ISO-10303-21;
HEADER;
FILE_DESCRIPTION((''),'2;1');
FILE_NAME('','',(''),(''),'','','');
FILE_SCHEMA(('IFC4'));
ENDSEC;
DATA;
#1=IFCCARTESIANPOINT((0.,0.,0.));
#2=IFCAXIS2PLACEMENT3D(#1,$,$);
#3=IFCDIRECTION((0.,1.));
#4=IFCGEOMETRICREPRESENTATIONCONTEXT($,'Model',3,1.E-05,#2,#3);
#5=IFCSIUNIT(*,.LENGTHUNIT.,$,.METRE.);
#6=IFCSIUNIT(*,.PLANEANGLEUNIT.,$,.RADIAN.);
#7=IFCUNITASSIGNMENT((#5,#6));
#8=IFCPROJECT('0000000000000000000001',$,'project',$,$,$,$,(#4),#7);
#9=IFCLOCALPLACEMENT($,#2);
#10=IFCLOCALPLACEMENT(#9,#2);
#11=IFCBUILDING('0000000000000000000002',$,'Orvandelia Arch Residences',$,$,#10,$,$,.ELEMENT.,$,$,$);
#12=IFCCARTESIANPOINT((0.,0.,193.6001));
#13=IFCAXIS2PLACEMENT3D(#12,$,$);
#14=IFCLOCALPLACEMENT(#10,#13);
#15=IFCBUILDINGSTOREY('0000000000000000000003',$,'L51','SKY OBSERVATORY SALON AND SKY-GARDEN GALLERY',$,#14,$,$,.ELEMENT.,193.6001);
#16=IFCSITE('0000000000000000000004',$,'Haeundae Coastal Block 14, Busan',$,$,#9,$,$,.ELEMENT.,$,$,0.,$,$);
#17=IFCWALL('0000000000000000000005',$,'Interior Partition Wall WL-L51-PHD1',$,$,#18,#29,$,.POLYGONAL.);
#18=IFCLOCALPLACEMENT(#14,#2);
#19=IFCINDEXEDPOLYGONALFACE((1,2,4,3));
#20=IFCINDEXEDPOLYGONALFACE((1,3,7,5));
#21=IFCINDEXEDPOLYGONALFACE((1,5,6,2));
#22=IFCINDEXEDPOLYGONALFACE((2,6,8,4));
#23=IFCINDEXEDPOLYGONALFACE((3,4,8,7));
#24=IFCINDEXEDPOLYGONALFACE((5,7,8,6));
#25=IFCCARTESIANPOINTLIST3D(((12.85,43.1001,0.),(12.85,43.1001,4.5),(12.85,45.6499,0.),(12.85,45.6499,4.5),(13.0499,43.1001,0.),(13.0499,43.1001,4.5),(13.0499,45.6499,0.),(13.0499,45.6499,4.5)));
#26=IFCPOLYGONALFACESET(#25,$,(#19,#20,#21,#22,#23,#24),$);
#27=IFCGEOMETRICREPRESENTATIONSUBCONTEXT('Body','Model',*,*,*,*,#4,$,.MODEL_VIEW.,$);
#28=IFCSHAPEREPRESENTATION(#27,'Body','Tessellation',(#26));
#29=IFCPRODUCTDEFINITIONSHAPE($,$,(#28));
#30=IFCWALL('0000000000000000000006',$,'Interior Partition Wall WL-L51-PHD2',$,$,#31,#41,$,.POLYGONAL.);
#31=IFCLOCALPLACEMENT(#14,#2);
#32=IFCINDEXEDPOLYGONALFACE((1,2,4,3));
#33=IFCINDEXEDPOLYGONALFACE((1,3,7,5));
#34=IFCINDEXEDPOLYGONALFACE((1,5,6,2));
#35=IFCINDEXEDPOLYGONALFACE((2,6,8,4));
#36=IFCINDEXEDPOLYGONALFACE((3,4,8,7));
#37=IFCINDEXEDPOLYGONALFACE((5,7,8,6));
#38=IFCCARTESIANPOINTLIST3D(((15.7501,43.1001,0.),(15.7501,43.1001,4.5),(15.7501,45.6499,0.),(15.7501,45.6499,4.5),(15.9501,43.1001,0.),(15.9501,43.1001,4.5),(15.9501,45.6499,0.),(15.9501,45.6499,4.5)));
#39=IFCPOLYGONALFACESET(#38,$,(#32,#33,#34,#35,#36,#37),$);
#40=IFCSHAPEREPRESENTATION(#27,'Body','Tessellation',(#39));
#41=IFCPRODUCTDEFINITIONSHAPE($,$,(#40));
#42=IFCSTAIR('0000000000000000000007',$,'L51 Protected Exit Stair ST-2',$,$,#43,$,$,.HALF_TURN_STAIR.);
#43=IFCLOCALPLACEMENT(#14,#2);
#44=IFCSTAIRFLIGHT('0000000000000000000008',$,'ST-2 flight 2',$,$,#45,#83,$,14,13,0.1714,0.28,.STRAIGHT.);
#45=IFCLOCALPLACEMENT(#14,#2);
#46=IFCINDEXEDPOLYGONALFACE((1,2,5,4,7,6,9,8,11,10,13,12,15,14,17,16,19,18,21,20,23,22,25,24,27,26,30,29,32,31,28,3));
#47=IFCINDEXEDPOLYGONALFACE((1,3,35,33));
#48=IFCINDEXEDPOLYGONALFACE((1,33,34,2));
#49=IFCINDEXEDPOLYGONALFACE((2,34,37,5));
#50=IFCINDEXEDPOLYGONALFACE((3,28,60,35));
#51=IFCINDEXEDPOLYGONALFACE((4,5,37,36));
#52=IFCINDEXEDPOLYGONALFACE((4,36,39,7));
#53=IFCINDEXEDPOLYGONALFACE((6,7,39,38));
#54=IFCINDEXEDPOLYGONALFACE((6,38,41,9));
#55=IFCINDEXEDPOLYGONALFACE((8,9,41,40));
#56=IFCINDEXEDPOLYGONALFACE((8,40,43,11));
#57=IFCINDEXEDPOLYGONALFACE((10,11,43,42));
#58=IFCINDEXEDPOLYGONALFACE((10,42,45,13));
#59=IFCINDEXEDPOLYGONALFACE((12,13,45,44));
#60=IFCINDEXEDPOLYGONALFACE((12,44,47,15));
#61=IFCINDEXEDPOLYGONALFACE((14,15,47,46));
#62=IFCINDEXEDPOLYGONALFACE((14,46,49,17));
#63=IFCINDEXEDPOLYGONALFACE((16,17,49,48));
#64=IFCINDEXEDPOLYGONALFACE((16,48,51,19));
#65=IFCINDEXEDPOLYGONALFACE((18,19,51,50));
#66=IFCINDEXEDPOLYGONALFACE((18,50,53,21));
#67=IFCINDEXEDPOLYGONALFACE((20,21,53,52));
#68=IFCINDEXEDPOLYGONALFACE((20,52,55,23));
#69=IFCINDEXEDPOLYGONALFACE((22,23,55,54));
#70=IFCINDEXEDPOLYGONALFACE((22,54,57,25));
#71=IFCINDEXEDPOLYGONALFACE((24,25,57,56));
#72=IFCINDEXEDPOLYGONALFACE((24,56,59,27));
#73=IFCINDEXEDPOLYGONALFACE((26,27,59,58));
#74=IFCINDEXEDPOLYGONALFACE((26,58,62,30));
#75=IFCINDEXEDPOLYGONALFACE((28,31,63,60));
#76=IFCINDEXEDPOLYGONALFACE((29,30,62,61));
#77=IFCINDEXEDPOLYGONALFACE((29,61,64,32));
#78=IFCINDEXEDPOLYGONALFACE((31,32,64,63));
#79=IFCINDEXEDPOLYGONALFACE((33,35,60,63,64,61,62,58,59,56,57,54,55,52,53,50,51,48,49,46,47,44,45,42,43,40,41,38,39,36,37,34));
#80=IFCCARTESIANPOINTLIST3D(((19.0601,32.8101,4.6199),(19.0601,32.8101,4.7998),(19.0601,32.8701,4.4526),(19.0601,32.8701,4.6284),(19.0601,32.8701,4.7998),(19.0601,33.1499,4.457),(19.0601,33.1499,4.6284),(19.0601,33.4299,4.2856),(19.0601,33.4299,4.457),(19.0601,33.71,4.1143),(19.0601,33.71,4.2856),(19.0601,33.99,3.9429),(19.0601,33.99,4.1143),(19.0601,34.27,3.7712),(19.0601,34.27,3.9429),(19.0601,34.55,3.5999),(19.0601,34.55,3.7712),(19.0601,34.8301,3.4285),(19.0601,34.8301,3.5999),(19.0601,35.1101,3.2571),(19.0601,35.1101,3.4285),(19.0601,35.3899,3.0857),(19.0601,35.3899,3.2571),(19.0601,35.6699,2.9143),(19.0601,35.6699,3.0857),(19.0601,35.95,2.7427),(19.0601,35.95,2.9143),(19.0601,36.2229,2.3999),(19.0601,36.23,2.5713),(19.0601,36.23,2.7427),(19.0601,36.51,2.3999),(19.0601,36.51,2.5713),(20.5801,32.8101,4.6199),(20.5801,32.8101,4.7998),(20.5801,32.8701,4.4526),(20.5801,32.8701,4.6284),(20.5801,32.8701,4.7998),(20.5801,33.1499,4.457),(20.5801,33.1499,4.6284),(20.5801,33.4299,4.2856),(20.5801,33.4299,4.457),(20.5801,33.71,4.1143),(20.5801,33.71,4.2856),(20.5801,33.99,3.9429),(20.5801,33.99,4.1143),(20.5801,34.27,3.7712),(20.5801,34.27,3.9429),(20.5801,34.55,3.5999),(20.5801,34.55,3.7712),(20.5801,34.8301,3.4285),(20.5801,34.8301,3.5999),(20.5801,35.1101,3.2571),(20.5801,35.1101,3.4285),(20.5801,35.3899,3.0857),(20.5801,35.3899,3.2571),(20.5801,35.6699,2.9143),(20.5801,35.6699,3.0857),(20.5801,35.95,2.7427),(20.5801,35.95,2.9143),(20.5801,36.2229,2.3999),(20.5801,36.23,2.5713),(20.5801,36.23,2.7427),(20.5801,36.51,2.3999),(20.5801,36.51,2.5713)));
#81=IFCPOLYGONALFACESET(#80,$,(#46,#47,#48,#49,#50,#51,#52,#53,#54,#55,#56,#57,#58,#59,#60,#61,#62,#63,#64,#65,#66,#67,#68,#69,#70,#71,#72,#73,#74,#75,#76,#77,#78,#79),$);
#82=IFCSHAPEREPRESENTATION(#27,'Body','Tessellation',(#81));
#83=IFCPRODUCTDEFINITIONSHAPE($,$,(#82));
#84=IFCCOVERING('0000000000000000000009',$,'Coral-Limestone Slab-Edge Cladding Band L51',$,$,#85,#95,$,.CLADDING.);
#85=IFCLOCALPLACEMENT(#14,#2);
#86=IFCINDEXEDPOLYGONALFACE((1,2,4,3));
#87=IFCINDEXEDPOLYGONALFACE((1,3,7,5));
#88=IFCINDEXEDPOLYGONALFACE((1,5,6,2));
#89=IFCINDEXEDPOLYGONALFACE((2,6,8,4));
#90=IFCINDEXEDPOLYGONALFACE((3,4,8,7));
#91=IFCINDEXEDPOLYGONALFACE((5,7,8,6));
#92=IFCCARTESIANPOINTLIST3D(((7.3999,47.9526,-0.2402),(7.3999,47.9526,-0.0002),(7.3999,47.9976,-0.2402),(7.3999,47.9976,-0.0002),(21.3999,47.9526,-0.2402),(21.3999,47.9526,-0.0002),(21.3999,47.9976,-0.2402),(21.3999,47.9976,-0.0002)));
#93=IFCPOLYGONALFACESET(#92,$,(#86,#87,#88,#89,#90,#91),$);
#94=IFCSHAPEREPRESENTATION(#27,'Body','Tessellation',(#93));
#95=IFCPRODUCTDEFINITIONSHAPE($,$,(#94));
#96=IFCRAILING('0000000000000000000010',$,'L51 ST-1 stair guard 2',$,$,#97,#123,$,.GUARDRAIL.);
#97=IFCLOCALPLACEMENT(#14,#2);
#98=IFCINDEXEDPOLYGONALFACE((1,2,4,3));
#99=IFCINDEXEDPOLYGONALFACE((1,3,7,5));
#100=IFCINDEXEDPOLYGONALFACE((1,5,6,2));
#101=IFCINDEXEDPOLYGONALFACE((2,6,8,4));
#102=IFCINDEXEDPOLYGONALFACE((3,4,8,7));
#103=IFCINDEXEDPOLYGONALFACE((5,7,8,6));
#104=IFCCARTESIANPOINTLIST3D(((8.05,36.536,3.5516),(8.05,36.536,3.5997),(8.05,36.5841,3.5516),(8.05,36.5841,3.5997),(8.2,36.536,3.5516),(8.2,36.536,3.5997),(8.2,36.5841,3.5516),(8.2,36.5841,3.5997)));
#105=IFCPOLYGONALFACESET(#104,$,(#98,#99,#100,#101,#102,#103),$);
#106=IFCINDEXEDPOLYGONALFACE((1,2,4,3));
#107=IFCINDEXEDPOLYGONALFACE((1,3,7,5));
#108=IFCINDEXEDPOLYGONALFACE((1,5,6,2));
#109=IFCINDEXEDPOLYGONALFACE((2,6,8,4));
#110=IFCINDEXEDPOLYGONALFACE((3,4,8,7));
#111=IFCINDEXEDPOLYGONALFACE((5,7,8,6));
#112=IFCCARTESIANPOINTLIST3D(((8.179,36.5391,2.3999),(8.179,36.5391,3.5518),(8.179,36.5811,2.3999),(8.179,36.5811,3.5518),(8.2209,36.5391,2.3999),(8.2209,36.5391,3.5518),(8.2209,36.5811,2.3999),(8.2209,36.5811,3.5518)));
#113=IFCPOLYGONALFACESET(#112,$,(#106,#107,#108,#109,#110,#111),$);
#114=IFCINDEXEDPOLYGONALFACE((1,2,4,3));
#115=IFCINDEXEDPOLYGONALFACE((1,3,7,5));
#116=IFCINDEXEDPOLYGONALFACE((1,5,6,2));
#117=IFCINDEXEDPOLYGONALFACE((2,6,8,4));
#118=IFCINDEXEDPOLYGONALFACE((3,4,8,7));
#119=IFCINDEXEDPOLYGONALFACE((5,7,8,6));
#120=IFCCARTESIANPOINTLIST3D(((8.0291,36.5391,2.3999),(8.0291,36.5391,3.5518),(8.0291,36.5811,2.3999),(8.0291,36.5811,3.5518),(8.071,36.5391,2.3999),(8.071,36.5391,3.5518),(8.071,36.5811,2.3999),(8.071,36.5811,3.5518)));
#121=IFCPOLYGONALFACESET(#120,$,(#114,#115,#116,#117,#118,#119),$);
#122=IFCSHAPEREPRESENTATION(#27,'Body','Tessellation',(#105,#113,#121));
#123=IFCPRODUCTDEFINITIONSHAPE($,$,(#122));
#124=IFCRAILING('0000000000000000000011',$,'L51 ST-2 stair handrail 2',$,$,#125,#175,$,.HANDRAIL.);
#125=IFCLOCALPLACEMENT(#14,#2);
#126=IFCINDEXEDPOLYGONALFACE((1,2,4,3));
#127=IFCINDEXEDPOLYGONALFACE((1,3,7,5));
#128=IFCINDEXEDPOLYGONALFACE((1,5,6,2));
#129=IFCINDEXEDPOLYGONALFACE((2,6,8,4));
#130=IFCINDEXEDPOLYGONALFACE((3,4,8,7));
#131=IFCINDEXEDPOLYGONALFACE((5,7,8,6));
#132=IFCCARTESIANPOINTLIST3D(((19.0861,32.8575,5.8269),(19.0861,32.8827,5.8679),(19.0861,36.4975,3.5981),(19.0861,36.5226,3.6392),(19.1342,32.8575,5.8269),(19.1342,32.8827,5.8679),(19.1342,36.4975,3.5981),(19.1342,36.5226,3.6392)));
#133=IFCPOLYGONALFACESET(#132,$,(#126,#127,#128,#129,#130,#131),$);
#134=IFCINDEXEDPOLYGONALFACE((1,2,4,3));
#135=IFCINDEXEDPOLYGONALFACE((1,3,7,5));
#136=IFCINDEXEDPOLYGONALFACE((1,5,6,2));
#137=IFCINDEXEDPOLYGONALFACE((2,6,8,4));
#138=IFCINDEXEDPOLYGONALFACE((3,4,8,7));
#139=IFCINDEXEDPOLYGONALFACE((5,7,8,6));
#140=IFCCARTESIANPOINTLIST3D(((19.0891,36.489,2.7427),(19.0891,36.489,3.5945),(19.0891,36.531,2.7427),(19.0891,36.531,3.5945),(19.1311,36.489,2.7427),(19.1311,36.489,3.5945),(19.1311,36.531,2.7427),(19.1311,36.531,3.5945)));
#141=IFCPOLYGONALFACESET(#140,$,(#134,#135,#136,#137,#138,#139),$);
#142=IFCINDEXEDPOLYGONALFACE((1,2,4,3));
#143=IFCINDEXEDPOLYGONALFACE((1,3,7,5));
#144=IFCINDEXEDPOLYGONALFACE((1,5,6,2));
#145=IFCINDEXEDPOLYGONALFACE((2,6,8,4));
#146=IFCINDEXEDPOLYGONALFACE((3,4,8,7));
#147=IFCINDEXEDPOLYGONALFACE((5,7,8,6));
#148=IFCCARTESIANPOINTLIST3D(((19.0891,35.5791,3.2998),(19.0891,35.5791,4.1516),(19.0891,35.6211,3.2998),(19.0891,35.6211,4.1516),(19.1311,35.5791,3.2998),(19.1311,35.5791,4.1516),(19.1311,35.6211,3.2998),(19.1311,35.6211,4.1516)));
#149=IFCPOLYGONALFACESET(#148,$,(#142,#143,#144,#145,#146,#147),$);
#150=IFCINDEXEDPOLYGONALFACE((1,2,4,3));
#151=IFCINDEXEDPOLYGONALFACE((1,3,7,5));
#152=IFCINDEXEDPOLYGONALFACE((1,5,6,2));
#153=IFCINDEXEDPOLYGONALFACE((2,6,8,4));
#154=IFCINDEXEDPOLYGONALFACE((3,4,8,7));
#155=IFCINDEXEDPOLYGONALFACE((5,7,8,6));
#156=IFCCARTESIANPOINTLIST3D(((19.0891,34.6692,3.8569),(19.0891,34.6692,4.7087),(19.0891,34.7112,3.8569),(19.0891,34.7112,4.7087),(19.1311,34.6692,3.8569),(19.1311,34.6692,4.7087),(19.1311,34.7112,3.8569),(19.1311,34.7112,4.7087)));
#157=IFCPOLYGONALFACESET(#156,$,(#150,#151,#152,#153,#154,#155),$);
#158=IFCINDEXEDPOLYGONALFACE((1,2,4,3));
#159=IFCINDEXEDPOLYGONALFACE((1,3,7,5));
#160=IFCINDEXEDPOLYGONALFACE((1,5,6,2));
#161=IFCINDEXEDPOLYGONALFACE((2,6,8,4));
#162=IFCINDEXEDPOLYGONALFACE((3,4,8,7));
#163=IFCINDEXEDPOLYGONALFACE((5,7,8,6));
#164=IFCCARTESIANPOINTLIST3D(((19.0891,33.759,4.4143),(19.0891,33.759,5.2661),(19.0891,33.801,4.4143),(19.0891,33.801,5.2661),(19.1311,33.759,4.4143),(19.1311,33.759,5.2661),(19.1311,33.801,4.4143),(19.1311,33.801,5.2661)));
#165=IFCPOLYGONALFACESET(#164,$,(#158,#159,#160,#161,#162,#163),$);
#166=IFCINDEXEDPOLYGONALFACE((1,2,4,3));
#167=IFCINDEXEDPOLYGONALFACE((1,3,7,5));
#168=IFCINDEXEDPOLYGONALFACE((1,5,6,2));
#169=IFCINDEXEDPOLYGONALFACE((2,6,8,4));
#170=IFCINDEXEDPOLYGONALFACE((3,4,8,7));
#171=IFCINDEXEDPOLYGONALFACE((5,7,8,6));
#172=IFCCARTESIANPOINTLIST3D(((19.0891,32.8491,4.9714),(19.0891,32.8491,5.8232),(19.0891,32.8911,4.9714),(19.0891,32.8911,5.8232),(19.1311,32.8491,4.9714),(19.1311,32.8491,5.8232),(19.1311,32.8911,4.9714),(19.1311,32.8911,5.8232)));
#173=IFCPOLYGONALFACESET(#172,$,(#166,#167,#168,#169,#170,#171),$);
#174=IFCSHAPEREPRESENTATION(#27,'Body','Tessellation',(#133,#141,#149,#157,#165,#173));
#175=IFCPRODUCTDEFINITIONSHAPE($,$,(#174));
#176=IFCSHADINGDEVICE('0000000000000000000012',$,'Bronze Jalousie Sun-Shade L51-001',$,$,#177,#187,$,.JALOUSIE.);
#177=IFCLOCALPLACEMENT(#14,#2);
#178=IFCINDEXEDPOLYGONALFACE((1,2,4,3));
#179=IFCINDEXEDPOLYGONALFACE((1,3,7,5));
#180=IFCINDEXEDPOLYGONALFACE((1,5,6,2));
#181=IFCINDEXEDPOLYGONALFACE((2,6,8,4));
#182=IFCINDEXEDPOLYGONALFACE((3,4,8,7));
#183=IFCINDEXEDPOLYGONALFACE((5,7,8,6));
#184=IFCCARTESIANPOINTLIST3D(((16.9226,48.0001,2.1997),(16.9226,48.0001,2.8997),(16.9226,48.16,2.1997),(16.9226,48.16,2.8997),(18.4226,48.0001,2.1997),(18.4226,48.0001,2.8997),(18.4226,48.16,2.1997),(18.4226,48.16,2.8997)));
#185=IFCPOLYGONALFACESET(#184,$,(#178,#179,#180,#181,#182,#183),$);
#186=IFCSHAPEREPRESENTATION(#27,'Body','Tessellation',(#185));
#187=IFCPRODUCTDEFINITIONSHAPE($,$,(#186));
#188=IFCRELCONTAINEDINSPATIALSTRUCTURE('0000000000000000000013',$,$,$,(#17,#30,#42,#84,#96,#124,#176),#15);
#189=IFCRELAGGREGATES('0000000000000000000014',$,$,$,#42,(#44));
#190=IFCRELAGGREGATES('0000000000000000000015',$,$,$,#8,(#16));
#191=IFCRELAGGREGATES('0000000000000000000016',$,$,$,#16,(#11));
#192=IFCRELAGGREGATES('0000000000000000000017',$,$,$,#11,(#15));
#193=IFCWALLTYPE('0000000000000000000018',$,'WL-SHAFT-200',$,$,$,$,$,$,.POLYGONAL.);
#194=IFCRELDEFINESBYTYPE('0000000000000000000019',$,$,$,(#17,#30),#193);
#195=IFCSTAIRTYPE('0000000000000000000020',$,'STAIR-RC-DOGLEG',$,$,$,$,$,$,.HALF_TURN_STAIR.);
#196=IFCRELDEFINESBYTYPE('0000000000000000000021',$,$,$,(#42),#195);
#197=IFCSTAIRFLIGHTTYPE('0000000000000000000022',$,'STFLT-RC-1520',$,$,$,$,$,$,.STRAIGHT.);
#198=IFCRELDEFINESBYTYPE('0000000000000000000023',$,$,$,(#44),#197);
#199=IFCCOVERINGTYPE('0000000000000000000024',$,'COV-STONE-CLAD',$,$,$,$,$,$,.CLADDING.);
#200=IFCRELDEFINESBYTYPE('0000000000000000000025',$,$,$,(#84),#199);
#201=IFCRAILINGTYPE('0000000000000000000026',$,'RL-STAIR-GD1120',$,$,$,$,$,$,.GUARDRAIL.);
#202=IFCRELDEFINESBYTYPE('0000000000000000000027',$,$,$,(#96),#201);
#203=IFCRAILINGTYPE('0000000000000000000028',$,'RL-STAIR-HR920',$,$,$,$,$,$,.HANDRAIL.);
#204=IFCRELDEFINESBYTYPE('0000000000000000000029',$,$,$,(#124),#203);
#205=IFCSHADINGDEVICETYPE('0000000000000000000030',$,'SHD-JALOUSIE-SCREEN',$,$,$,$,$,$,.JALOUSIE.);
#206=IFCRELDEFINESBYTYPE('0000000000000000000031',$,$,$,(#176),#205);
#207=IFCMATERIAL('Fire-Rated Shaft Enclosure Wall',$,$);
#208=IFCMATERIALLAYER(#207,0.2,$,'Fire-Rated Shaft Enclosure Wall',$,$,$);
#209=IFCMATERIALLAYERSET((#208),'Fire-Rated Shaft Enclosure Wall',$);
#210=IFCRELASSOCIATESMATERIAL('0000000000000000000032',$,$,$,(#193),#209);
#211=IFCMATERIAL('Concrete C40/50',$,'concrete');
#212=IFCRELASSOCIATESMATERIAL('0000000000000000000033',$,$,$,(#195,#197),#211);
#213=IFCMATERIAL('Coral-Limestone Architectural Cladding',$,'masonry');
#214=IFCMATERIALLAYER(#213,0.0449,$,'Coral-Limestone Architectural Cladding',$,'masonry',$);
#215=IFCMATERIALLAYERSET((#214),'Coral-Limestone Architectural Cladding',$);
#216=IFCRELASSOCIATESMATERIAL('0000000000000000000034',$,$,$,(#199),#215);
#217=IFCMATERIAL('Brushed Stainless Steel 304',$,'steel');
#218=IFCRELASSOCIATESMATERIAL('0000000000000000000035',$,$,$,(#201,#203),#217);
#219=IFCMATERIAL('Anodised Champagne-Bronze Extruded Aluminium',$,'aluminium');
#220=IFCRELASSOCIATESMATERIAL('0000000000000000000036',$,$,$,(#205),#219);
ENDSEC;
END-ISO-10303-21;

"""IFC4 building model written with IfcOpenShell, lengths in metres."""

from ifc_helpers import new_model, si_unit, direction, frame, frame_2d, origin, origin_2d, place, context, subcontext, project, spatial, polyline, rectangle, outline, extrude, material, layer, layer_set, type_object, element, aggregate, save


model = new_model("IFC4")

# Units and contexts
model_context = context("Model", 3, precision=1e-05, world=origin(), true_north=direction((0.0, 1.0)))
body_context = subcontext(model_context, "Body", "Model", "MODEL_VIEW")
ifc_project = project(units=[si_unit("LENGTHUNIT", "METRE"), si_unit("PLANEANGLEUNIT", "RADIAN")], contexts=[model_context])

# Site, building, storey
site_placement = place(None, origin())
site = spatial("IfcSite", under=ifc_project, at=site_placement, Name="Haeundae Coastal Block 14, Busan", CompositionType="ELEMENT", RefElevation=0.0)
building_placement = place(site_placement, origin())
building = spatial("IfcBuilding", under=site, at=building_placement, Name="Orvandelia Arch Residences", CompositionType="ELEMENT")
storey_placement = place(building_placement, frame((0.0, 0.0, 193.6001)))
storey = spatial("IfcBuildingStorey", under=building, at=storey_placement, Name="L51", Description="SKY OBSERVATORY SALON AND SKY-GARDEN GALLERY", CompositionType="ELEMENT", Elevation=193.6001)

# Shared definitions
ifc_material_1 = material(Name="Fire-Rated Shaft Enclosure Wall")
ifc_layer_1 = layer(ifc_material_1, 0.2, Name="Fire-Rated Shaft Enclosure Wall")
ifc_layer_set_1 = layer_set([ifc_layer_1], Name="Fire-Rated Shaft Enclosure Wall")
wall_type_1 = type_object("IfcWallType", Name="WL-SHAFT-200", PredefinedType="POLYGONAL", material=ifc_layer_set_1)

# Walls
for number, where, z_axis, x_axis, name in (
    (1, (12.95, 43.1001, 0.0), (0.0, 0.0, 1.0), (0.0, 1.0, 0.0), "Interior Partition Wall WL-L51-PHD1"),
    (2, (15.8501, 43.1001, 0.0), (0.0, 0.0, 1.0), (0.0, 1.0, 0.0), "Interior Partition Wall WL-L51-PHD2"),
):
    element("IfcWall", number, at=place(storey_placement, frame(where, z_axis=z_axis, x_axis=x_axis)), inside=storey, type_object=wall_type_1, Name=name, PredefinedType="POLYGONAL", context=body_context, shape_type="SweptSolid", body=[
        extrude(rectangle(XDim=2.5498, YDim=0.2, at=frame_2d((1.2749, 0.0))), origin(), (0.0, 0.0, 1.0), 4.5),
    ])

# Stair, stair flight
ifc_material_2 = material(Name="Concrete C40/50", Category="concrete")
stair_type = type_object("IfcStairType", Name="STAIR-RC-DOGLEG", PredefinedType="HALF_TURN_STAIR", material=ifc_material_2)
stair_placement = place(storey_placement, origin())
stair = element("IfcStair", 3, at=stair_placement, inside=storey, type_object=stair_type, Name="L51 Protected Exit Stair ST-2", PredefinedType="HALF_TURN_STAIR")
stair_flight_type = type_object("IfcStairFlightType", Name="STFLT-RC-1520", PredefinedType="STRAIGHT", material=ifc_material_2)
stair_flight_placement = place(storey_placement, frame((19.8201, 36.51, 2.3999), z_axis=(0.0, 0.0, 1.0), x_axis=(0.0, -1.0, 0.0)))
stair_flight = element("IfcStairFlight", 4, at=stair_flight_placement, type_object=stair_flight_type, Name="ST-2 flight 2", NumberOfRisers=14, NumberOfTreads=13, PredefinedType="STRAIGHT", RiserHeight=0.1714, TreadLength=0.28, context=body_context, shape_type="SweptSolid", body=[
    extrude(outline(polyline([(0.0, 0.0), (0.0, 0.1714), (0.28, 0.1714), (0.28, 0.3428), (0.5601, 0.3428), (0.5601, 0.5144), (0.8401, 0.5144), (0.8401, 0.6858), (1.1201, 0.6858), (1.1201, 0.8572), (1.3999, 0.8572), (1.3999, 1.0286), (1.6799, 1.0286), (1.6799, 1.2), (1.96, 1.2), (1.96, 1.3713), (2.24, 1.3713), (2.24, 1.543), (2.52, 1.543), (2.52, 1.7144), (2.8, 1.7144), (2.8, 1.8857), (3.0801, 1.8857), (3.0801, 2.0571), (3.3601, 2.0571), (3.3601, 2.2285), (3.6399, 2.2285), (3.6399, 2.3999), (3.7, 2.3999), (3.7, 2.22), (3.6399, 2.0527), (0.2871, 0.0), (0.0, 0.0)])), frame((0.0, 0.76, 0.0), z_axis=(0.0, -1.0, 0.0), x_axis=(1.0, 0.0, 0.0)), (0.0, 0.0, 1.0), 1.52),
])
aggregate(stair, [stair_flight])

# Covering
ifc_material_3 = material(Name="Coral-Limestone Architectural Cladding", Category="masonry")
ifc_layer_2 = layer(ifc_material_3, 0.0449, Name="Coral-Limestone Architectural Cladding", Category="masonry")
ifc_layer_set_2 = layer_set([ifc_layer_2], Name="Coral-Limestone Architectural Cladding")
covering_type = type_object("IfcCoveringType", Name="COV-STONE-CLAD", PredefinedType="CLADDING", material=ifc_layer_set_2)
covering_placement = place(storey_placement, frame((14.3999, 47.9751, -0.2402), z_axis=(0.0, 0.0, 1.0), x_axis=(1.0, 0.0, 0.0)))
element("IfcCovering", 5, at=covering_placement, inside=storey, type_object=covering_type, Name="Coral-Limestone Slab-Edge Cladding Band L51", PredefinedType="CLADDING", context=body_context, shape_type="SweptSolid", body=[
    extrude(rectangle(XDim=14.0, YDim=0.0449, at=origin_2d()), origin(), (0.0, 0.0, 1.0), 0.24),
])

# Railings
ifc_material_4 = material(Name="Brushed Stainless Steel 304", Category="steel")
railing_type_1 = type_object("IfcRailingType", Name="RL-STAIR-GD1120", PredefinedType="GUARDRAIL", material=ifc_material_4)
railing_1_placement = place(storey_placement, frame((8.2, 36.5601, 2.3999)))
element("IfcRailing", 6, at=railing_1_placement, inside=storey, type_object=railing_type_1, Name="L51 ST-1 stair guard 2", PredefinedType="GUARDRAIL", context=body_context, shape_type="SweptSolid", body=[
    extrude(rectangle(XDim=0.0481, YDim=0.0481, at=origin_2d()), frame((0.0, 0.0, 1.1758), z_axis=(-1.0, 0.0, 0.0), x_axis=(0.0, -1.0, 0.0)), (0.0, 0.0, 1.0), 0.1499),
    extrude(rectangle(XDim=0.042, YDim=0.042, at=origin_2d()), origin(), (0.0, 0.0, 1.0), 1.1519),
    extrude(rectangle(XDim=0.042, YDim=0.042, at=origin_2d()), frame((-0.1499, 0.0, 0.0)), (0.0, 0.0, 1.0), 1.1519),
])
railing_type_2 = type_object("IfcRailingType", Name="RL-STAIR-HR920", PredefinedType="HANDRAIL", material=ifc_material_4)
railing_2_placement = place(storey_placement, frame((19.1101, 36.51, 2.7427)))
element("IfcRailing", 7, at=railing_2_placement, inside=storey, type_object=railing_type_2, Name="L51 ST-2 stair handrail 2", PredefinedType="HANDRAIL", context=body_context, shape_type="SweptSolid", body=[
    extrude(rectangle(XDim=0.0481, YDim=0.0481, at=origin_2d()), frame((0.0, 0.0, 0.876), z_axis=(0.0, -0.852825, 0.522197), x_axis=(1.0, 0.0, 0.0)), (0.0, 0.0, 1.0), 4.2681),
    extrude(rectangle(XDim=0.042, YDim=0.042, at=origin_2d()), origin(), (0.0, 0.0, 1.0), 0.8518),
    extrude(rectangle(XDim=0.042, YDim=0.042, at=origin_2d()), frame((0.0, -0.9099, 0.5571)), (0.0, 0.0, 1.0), 0.8518),
    extrude(rectangle(XDim=0.042, YDim=0.042, at=origin_2d()), frame((0.0, -1.8198, 1.1143)), (0.0, 0.0, 1.0), 0.8518),
    extrude(rectangle(XDim=0.042, YDim=0.042, at=origin_2d()), frame((0.0, -2.73, 1.6716)), (0.0, 0.0, 1.0), 0.8518),
    extrude(rectangle(XDim=0.042, YDim=0.042, at=origin_2d()), frame((0.0, -3.6399, 2.2288)), (0.0, 0.0, 1.0), 0.8518),
])

# Shading device
ifc_material_5 = material(Name="Anodised Champagne-Bronze Extruded Aluminium", Category="aluminium")
shading_device_type = type_object("IfcShadingDeviceType", Name="SHD-JALOUSIE-SCREEN", PredefinedType="JALOUSIE", material=ifc_material_5)
shading_device_placement = place(storey_placement, frame((17.6726, 48.0801, 2.1997), z_axis=(0.0, 0.0, 1.0), x_axis=(1.0, 0.0, 0.0)))
element("IfcShadingDevice", 8, at=shading_device_placement, inside=storey, type_object=shading_device_type, Name="Bronze Jalousie Sun-Shade L51-001", PredefinedType="JALOUSIE", context=body_context, shape_type="SweptSolid", body=[
    extrude(rectangle(XDim=1.5, YDim=0.1599, at=origin_2d()), origin(), (0.0, 0.0, 1.0), 0.7),
])

save(model, "model.ifc")
